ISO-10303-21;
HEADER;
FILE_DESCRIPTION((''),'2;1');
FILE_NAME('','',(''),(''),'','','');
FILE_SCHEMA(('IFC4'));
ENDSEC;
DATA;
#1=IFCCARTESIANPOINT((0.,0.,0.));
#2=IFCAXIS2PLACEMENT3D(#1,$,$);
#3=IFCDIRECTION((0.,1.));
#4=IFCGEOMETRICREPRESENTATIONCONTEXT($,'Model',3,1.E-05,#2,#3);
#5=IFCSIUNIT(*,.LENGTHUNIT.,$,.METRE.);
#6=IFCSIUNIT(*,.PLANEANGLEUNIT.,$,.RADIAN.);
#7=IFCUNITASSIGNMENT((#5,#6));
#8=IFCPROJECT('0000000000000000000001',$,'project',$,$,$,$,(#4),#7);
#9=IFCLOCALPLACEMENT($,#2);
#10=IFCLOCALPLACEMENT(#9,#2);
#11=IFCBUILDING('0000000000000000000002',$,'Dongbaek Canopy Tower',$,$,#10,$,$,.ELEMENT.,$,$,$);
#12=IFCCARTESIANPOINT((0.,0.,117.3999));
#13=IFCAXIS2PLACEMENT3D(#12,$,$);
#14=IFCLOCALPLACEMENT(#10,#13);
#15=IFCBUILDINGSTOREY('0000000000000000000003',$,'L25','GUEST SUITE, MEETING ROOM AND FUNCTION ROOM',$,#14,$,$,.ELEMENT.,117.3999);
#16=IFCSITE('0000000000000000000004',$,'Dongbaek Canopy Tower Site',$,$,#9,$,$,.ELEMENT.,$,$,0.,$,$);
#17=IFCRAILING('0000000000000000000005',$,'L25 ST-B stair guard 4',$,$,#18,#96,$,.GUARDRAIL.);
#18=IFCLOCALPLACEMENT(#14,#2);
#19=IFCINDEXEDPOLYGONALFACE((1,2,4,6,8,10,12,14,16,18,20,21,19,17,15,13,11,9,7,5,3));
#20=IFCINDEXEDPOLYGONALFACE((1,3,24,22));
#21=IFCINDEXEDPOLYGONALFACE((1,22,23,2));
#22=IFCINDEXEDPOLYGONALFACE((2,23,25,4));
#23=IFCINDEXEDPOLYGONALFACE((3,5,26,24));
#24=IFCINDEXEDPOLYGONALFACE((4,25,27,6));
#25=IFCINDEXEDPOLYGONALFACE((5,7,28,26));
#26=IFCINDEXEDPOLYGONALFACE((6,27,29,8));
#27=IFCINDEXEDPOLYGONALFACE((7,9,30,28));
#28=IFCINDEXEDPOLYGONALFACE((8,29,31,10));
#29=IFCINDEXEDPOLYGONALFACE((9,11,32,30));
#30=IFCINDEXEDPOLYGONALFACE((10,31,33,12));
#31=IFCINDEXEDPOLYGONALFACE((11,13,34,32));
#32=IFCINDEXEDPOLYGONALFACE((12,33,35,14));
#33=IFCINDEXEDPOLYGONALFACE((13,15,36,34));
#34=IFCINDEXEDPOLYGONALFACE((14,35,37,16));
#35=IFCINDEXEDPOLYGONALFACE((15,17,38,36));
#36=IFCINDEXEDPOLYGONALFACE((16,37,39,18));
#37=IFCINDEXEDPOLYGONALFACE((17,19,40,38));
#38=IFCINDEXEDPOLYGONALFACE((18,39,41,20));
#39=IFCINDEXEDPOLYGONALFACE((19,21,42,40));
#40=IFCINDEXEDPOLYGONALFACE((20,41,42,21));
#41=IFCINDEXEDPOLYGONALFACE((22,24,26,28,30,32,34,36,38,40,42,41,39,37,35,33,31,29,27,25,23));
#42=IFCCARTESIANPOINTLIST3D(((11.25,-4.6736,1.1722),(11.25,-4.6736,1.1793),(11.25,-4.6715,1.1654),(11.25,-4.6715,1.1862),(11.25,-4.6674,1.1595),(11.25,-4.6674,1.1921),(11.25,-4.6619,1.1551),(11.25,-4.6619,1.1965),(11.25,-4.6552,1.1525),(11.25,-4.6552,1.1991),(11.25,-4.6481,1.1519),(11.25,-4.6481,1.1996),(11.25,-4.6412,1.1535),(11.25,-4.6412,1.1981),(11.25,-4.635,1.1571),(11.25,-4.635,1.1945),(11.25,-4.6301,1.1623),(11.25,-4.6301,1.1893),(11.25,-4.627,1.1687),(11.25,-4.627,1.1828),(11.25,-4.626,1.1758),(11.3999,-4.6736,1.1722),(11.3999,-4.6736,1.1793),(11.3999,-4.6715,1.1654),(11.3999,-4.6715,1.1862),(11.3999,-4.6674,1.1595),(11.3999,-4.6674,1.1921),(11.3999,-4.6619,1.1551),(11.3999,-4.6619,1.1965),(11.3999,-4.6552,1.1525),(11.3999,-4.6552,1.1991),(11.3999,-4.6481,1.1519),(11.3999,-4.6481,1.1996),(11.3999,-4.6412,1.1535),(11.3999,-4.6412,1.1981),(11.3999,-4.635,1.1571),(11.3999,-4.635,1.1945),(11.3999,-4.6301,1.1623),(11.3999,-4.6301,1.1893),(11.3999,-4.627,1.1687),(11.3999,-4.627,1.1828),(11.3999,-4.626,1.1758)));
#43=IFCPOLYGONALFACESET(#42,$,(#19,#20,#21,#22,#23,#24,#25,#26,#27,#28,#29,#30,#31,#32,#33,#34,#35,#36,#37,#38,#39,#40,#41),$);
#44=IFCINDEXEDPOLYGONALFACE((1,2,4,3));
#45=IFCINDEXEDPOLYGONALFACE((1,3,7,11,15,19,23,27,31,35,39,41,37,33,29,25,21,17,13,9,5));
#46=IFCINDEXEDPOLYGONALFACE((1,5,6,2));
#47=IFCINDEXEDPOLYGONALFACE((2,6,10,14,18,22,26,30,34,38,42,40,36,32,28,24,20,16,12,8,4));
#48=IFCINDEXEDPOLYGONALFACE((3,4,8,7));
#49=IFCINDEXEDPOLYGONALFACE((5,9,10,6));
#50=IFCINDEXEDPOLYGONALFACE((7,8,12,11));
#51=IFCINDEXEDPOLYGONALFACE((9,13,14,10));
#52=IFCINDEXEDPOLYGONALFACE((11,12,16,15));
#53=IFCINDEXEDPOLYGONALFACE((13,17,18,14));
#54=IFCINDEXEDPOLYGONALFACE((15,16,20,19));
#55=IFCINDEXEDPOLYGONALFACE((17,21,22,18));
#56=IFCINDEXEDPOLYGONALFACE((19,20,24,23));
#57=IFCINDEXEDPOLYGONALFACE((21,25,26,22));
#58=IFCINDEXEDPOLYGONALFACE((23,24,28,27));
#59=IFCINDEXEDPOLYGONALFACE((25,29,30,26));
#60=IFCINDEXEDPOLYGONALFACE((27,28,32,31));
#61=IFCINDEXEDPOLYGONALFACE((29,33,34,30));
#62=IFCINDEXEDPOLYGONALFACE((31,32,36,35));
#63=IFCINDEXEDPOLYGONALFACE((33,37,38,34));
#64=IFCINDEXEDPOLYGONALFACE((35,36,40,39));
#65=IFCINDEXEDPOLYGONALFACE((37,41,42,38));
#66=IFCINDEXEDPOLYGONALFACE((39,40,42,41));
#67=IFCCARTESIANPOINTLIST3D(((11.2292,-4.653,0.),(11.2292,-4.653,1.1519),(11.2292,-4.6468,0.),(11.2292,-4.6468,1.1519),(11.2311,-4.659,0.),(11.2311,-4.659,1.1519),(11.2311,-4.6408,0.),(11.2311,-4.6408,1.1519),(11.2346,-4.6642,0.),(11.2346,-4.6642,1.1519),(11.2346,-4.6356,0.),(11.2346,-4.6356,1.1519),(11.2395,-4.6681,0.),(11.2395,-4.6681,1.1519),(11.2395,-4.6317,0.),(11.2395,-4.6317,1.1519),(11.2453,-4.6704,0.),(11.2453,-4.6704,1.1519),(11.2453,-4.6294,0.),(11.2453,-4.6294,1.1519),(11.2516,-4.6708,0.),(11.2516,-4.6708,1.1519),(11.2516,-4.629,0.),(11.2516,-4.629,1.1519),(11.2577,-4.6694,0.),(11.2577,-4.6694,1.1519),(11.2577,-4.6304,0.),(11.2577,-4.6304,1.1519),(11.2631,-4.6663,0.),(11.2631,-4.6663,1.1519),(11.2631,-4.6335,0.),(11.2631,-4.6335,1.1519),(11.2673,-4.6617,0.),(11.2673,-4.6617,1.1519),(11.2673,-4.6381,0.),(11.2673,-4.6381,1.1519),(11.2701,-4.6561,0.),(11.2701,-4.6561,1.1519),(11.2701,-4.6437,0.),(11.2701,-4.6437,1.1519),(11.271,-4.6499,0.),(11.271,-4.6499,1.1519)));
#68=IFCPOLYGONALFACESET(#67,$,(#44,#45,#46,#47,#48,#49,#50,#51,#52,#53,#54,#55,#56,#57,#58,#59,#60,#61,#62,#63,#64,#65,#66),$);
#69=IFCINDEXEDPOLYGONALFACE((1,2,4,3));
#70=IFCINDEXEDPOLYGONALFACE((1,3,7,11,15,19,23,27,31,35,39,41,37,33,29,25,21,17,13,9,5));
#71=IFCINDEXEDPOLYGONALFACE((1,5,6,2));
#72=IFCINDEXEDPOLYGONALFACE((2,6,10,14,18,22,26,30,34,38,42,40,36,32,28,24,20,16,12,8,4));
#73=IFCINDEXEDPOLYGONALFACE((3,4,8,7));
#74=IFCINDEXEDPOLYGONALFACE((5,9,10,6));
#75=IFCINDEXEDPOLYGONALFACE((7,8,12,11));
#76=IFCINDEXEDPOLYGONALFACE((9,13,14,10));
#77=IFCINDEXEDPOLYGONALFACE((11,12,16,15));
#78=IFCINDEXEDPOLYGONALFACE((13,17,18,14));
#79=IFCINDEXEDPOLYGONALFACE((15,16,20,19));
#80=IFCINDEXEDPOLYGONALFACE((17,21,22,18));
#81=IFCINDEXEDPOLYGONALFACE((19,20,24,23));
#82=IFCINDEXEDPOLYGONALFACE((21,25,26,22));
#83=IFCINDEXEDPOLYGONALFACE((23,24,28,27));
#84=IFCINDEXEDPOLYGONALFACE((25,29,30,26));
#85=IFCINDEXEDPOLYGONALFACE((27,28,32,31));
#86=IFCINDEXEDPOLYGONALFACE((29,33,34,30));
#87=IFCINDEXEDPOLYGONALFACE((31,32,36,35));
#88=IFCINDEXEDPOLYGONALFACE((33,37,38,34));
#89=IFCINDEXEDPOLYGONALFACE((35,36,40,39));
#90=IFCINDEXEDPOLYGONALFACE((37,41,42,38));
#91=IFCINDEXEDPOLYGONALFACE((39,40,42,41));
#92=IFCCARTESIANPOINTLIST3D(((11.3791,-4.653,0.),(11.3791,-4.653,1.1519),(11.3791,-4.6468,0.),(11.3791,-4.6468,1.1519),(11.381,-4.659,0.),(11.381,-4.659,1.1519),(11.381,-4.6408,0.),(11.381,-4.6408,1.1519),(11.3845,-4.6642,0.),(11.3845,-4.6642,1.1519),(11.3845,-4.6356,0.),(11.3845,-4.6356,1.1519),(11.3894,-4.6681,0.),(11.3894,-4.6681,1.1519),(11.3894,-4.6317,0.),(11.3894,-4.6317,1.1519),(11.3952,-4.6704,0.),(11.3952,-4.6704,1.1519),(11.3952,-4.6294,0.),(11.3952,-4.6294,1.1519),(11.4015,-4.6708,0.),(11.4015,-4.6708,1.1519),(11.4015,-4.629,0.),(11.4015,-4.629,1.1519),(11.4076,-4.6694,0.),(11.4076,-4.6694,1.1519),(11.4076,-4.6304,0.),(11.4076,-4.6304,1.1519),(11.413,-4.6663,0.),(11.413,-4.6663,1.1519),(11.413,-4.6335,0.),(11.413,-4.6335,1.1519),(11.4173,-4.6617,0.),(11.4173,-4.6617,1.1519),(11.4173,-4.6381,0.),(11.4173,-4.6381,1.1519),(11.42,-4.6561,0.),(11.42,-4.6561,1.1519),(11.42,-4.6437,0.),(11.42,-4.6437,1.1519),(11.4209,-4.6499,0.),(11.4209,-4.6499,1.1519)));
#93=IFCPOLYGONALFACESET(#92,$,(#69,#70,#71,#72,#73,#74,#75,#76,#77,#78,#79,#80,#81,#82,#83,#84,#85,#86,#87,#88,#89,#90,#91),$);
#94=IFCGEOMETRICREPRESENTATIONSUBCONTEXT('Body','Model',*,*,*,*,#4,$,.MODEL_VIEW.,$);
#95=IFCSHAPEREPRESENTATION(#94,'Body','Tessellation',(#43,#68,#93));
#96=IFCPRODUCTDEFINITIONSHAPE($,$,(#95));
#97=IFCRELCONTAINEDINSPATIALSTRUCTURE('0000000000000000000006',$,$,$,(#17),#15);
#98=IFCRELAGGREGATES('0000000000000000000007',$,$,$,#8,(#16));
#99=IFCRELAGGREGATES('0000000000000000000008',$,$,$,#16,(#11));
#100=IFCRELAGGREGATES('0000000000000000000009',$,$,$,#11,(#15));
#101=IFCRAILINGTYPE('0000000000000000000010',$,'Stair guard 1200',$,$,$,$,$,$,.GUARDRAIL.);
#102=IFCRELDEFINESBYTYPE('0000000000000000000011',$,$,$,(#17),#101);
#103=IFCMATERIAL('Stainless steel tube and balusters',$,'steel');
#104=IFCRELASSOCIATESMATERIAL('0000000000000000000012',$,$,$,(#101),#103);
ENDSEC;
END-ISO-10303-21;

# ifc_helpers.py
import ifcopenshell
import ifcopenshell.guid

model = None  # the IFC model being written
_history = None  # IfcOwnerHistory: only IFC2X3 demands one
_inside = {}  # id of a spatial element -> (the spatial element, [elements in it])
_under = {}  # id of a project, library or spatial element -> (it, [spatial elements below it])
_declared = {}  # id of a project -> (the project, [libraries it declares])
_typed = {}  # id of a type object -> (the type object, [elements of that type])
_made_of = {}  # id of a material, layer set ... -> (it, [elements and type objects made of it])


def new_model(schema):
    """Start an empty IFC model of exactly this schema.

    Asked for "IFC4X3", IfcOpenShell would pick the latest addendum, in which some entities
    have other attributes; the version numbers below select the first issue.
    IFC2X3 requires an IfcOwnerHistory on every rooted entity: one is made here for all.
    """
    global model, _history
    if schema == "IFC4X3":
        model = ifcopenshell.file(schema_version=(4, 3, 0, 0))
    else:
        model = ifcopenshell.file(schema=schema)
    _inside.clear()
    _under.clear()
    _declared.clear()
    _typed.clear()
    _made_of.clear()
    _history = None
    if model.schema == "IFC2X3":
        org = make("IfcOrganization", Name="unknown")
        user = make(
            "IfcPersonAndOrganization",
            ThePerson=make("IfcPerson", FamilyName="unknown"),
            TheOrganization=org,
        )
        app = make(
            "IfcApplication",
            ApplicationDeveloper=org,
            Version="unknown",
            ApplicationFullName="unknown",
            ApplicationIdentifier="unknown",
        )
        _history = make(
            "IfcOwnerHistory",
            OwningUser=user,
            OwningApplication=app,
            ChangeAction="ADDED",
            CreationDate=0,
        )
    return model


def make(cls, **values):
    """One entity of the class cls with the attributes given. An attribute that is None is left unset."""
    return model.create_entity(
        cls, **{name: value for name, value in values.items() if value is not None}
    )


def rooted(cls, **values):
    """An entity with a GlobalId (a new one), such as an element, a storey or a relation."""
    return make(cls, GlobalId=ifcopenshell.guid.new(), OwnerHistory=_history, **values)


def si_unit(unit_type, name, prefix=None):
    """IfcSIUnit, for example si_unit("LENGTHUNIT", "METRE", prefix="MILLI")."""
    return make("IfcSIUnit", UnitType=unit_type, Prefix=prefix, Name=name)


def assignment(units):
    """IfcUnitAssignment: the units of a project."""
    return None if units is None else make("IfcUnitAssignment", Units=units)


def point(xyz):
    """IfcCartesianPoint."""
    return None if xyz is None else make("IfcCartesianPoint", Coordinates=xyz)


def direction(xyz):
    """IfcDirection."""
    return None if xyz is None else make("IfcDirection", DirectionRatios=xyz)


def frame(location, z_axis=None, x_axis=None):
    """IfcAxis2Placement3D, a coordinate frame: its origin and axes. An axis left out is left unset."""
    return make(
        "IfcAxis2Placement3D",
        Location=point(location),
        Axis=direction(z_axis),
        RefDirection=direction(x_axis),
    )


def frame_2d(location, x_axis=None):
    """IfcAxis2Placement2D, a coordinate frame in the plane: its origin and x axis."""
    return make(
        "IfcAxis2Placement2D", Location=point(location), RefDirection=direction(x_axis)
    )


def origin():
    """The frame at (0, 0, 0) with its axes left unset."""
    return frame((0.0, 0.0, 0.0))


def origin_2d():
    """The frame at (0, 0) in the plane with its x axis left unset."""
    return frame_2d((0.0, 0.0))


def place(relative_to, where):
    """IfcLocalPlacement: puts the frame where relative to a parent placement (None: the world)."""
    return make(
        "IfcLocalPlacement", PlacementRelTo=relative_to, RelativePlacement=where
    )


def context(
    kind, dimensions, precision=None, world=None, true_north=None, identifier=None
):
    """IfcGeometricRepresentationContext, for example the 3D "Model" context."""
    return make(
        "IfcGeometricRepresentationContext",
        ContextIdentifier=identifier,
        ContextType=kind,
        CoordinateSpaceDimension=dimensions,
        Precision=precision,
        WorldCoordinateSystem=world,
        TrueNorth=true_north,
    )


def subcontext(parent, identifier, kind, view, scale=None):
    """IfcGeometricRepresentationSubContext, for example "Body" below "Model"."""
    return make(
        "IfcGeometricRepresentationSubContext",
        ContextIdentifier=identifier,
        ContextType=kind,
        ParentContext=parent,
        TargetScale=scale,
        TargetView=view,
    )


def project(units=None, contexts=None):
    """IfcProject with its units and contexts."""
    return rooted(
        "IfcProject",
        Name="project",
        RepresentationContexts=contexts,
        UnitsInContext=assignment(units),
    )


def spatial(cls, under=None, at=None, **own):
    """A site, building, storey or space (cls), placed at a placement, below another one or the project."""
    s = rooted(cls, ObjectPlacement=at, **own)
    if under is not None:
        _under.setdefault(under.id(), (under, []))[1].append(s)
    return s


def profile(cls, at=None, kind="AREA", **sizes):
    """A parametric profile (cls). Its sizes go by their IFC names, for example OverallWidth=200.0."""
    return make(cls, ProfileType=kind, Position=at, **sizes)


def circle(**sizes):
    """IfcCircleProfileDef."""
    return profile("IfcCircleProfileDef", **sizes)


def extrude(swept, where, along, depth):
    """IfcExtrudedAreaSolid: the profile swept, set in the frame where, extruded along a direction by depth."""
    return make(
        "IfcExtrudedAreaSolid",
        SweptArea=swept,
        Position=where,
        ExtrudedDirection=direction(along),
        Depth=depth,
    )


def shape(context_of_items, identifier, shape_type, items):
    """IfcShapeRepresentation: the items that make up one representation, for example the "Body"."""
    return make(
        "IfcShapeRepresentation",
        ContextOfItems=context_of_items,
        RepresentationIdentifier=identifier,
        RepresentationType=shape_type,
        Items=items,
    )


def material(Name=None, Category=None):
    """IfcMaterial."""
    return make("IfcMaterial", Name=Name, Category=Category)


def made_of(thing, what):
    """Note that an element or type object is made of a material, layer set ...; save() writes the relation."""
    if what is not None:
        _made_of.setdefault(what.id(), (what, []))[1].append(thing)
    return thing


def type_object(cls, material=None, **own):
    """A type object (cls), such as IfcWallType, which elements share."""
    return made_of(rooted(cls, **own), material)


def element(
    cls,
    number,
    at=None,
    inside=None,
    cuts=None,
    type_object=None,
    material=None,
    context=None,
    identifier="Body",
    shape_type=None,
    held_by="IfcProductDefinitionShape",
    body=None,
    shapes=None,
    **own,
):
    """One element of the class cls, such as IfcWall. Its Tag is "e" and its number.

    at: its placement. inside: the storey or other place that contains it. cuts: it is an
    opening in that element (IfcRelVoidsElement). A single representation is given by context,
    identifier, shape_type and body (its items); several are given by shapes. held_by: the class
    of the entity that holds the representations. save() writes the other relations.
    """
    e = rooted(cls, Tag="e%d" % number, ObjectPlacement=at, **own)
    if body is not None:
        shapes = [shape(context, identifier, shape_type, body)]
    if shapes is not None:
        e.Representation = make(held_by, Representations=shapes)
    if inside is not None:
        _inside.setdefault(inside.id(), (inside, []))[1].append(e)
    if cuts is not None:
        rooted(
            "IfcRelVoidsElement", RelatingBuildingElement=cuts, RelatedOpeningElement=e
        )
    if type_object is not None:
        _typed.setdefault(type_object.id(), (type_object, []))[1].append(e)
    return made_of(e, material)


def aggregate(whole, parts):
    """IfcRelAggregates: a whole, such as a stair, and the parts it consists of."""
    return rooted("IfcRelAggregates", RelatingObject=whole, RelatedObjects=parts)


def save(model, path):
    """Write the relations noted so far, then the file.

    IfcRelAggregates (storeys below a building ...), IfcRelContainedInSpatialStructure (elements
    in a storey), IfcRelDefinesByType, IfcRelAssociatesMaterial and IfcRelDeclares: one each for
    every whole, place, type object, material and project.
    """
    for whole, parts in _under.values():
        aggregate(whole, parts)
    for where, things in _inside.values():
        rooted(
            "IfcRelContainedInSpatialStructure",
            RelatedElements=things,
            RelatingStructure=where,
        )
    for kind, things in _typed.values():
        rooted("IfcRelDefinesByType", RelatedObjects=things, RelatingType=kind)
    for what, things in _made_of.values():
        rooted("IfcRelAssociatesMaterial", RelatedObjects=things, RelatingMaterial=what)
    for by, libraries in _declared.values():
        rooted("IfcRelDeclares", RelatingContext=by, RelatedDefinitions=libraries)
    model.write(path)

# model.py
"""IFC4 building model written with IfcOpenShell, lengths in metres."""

from ifc_helpers import new_model, si_unit, direction, frame, origin, origin_2d, place, context, subcontext, project, spatial, circle, extrude, material, type_object, element, save


model = new_model("IFC4")

# Units and contexts
model_context = context("Model", 3, precision=1e-05, world=origin(), true_north=direction((0.0, 1.0)))
body_context = subcontext(model_context, "Body", "Model", "MODEL_VIEW")
ifc_project = project(units=[si_unit("LENGTHUNIT", "METRE"), si_unit("PLANEANGLEUNIT", "RADIAN")], contexts=[model_context])

# Site, building, storey
site_placement = place(None, origin())
site = spatial("IfcSite", under=ifc_project, at=site_placement, Name="Dongbaek Canopy Tower Site", CompositionType="ELEMENT", RefElevation=0.0)
building_placement = place(site_placement, origin())
building = spatial("IfcBuilding", under=site, at=building_placement, Name="Dongbaek Canopy Tower", CompositionType="ELEMENT")
storey_placement = place(building_placement, frame((0.0, 0.0, 117.3999)))
storey = spatial("IfcBuildingStorey", under=building, at=storey_placement, Name="L25", Description="GUEST SUITE, MEETING ROOM AND FUNCTION ROOM", CompositionType="ELEMENT", Elevation=117.3999)

# Railing
ifc_material_1 = material(Name="Stainless steel tube and balusters", Category="steel")
railing_type_1 = type_object("IfcRailingType", Name="Stair guard 1200", PredefinedType="GUARDRAIL", material=ifc_material_1)
railing_1_placement = place(storey_placement, frame((11.25, -4.6499, 0.0)))
element("IfcRailing", 1, at=railing_1_placement, inside=storey, type_object=railing_type_1, Name="L25 ST-B stair guard 4", PredefinedType="GUARDRAIL", context=body_context, shape_type="SweptSolid", body=[
    extrude(circle(Radius=0.0239, at=origin_2d()), frame((0.0, 0.0, 1.1758), z_axis=(1.0, 0.0, 0.0), x_axis=(0.0, 1.0, 0.0)), (0.0, 0.0, 1.0), 0.1499),
    extrude(circle(Radius=0.021, at=origin_2d()), origin(), (0.0, 0.0, 1.0), 1.1519),
    extrude(circle(Radius=0.021, at=origin_2d()), frame((0.1499, 0.0, 0.0)), (0.0, 0.0, 1.0), 1.1519),
])

save(model, "model.ifc")
